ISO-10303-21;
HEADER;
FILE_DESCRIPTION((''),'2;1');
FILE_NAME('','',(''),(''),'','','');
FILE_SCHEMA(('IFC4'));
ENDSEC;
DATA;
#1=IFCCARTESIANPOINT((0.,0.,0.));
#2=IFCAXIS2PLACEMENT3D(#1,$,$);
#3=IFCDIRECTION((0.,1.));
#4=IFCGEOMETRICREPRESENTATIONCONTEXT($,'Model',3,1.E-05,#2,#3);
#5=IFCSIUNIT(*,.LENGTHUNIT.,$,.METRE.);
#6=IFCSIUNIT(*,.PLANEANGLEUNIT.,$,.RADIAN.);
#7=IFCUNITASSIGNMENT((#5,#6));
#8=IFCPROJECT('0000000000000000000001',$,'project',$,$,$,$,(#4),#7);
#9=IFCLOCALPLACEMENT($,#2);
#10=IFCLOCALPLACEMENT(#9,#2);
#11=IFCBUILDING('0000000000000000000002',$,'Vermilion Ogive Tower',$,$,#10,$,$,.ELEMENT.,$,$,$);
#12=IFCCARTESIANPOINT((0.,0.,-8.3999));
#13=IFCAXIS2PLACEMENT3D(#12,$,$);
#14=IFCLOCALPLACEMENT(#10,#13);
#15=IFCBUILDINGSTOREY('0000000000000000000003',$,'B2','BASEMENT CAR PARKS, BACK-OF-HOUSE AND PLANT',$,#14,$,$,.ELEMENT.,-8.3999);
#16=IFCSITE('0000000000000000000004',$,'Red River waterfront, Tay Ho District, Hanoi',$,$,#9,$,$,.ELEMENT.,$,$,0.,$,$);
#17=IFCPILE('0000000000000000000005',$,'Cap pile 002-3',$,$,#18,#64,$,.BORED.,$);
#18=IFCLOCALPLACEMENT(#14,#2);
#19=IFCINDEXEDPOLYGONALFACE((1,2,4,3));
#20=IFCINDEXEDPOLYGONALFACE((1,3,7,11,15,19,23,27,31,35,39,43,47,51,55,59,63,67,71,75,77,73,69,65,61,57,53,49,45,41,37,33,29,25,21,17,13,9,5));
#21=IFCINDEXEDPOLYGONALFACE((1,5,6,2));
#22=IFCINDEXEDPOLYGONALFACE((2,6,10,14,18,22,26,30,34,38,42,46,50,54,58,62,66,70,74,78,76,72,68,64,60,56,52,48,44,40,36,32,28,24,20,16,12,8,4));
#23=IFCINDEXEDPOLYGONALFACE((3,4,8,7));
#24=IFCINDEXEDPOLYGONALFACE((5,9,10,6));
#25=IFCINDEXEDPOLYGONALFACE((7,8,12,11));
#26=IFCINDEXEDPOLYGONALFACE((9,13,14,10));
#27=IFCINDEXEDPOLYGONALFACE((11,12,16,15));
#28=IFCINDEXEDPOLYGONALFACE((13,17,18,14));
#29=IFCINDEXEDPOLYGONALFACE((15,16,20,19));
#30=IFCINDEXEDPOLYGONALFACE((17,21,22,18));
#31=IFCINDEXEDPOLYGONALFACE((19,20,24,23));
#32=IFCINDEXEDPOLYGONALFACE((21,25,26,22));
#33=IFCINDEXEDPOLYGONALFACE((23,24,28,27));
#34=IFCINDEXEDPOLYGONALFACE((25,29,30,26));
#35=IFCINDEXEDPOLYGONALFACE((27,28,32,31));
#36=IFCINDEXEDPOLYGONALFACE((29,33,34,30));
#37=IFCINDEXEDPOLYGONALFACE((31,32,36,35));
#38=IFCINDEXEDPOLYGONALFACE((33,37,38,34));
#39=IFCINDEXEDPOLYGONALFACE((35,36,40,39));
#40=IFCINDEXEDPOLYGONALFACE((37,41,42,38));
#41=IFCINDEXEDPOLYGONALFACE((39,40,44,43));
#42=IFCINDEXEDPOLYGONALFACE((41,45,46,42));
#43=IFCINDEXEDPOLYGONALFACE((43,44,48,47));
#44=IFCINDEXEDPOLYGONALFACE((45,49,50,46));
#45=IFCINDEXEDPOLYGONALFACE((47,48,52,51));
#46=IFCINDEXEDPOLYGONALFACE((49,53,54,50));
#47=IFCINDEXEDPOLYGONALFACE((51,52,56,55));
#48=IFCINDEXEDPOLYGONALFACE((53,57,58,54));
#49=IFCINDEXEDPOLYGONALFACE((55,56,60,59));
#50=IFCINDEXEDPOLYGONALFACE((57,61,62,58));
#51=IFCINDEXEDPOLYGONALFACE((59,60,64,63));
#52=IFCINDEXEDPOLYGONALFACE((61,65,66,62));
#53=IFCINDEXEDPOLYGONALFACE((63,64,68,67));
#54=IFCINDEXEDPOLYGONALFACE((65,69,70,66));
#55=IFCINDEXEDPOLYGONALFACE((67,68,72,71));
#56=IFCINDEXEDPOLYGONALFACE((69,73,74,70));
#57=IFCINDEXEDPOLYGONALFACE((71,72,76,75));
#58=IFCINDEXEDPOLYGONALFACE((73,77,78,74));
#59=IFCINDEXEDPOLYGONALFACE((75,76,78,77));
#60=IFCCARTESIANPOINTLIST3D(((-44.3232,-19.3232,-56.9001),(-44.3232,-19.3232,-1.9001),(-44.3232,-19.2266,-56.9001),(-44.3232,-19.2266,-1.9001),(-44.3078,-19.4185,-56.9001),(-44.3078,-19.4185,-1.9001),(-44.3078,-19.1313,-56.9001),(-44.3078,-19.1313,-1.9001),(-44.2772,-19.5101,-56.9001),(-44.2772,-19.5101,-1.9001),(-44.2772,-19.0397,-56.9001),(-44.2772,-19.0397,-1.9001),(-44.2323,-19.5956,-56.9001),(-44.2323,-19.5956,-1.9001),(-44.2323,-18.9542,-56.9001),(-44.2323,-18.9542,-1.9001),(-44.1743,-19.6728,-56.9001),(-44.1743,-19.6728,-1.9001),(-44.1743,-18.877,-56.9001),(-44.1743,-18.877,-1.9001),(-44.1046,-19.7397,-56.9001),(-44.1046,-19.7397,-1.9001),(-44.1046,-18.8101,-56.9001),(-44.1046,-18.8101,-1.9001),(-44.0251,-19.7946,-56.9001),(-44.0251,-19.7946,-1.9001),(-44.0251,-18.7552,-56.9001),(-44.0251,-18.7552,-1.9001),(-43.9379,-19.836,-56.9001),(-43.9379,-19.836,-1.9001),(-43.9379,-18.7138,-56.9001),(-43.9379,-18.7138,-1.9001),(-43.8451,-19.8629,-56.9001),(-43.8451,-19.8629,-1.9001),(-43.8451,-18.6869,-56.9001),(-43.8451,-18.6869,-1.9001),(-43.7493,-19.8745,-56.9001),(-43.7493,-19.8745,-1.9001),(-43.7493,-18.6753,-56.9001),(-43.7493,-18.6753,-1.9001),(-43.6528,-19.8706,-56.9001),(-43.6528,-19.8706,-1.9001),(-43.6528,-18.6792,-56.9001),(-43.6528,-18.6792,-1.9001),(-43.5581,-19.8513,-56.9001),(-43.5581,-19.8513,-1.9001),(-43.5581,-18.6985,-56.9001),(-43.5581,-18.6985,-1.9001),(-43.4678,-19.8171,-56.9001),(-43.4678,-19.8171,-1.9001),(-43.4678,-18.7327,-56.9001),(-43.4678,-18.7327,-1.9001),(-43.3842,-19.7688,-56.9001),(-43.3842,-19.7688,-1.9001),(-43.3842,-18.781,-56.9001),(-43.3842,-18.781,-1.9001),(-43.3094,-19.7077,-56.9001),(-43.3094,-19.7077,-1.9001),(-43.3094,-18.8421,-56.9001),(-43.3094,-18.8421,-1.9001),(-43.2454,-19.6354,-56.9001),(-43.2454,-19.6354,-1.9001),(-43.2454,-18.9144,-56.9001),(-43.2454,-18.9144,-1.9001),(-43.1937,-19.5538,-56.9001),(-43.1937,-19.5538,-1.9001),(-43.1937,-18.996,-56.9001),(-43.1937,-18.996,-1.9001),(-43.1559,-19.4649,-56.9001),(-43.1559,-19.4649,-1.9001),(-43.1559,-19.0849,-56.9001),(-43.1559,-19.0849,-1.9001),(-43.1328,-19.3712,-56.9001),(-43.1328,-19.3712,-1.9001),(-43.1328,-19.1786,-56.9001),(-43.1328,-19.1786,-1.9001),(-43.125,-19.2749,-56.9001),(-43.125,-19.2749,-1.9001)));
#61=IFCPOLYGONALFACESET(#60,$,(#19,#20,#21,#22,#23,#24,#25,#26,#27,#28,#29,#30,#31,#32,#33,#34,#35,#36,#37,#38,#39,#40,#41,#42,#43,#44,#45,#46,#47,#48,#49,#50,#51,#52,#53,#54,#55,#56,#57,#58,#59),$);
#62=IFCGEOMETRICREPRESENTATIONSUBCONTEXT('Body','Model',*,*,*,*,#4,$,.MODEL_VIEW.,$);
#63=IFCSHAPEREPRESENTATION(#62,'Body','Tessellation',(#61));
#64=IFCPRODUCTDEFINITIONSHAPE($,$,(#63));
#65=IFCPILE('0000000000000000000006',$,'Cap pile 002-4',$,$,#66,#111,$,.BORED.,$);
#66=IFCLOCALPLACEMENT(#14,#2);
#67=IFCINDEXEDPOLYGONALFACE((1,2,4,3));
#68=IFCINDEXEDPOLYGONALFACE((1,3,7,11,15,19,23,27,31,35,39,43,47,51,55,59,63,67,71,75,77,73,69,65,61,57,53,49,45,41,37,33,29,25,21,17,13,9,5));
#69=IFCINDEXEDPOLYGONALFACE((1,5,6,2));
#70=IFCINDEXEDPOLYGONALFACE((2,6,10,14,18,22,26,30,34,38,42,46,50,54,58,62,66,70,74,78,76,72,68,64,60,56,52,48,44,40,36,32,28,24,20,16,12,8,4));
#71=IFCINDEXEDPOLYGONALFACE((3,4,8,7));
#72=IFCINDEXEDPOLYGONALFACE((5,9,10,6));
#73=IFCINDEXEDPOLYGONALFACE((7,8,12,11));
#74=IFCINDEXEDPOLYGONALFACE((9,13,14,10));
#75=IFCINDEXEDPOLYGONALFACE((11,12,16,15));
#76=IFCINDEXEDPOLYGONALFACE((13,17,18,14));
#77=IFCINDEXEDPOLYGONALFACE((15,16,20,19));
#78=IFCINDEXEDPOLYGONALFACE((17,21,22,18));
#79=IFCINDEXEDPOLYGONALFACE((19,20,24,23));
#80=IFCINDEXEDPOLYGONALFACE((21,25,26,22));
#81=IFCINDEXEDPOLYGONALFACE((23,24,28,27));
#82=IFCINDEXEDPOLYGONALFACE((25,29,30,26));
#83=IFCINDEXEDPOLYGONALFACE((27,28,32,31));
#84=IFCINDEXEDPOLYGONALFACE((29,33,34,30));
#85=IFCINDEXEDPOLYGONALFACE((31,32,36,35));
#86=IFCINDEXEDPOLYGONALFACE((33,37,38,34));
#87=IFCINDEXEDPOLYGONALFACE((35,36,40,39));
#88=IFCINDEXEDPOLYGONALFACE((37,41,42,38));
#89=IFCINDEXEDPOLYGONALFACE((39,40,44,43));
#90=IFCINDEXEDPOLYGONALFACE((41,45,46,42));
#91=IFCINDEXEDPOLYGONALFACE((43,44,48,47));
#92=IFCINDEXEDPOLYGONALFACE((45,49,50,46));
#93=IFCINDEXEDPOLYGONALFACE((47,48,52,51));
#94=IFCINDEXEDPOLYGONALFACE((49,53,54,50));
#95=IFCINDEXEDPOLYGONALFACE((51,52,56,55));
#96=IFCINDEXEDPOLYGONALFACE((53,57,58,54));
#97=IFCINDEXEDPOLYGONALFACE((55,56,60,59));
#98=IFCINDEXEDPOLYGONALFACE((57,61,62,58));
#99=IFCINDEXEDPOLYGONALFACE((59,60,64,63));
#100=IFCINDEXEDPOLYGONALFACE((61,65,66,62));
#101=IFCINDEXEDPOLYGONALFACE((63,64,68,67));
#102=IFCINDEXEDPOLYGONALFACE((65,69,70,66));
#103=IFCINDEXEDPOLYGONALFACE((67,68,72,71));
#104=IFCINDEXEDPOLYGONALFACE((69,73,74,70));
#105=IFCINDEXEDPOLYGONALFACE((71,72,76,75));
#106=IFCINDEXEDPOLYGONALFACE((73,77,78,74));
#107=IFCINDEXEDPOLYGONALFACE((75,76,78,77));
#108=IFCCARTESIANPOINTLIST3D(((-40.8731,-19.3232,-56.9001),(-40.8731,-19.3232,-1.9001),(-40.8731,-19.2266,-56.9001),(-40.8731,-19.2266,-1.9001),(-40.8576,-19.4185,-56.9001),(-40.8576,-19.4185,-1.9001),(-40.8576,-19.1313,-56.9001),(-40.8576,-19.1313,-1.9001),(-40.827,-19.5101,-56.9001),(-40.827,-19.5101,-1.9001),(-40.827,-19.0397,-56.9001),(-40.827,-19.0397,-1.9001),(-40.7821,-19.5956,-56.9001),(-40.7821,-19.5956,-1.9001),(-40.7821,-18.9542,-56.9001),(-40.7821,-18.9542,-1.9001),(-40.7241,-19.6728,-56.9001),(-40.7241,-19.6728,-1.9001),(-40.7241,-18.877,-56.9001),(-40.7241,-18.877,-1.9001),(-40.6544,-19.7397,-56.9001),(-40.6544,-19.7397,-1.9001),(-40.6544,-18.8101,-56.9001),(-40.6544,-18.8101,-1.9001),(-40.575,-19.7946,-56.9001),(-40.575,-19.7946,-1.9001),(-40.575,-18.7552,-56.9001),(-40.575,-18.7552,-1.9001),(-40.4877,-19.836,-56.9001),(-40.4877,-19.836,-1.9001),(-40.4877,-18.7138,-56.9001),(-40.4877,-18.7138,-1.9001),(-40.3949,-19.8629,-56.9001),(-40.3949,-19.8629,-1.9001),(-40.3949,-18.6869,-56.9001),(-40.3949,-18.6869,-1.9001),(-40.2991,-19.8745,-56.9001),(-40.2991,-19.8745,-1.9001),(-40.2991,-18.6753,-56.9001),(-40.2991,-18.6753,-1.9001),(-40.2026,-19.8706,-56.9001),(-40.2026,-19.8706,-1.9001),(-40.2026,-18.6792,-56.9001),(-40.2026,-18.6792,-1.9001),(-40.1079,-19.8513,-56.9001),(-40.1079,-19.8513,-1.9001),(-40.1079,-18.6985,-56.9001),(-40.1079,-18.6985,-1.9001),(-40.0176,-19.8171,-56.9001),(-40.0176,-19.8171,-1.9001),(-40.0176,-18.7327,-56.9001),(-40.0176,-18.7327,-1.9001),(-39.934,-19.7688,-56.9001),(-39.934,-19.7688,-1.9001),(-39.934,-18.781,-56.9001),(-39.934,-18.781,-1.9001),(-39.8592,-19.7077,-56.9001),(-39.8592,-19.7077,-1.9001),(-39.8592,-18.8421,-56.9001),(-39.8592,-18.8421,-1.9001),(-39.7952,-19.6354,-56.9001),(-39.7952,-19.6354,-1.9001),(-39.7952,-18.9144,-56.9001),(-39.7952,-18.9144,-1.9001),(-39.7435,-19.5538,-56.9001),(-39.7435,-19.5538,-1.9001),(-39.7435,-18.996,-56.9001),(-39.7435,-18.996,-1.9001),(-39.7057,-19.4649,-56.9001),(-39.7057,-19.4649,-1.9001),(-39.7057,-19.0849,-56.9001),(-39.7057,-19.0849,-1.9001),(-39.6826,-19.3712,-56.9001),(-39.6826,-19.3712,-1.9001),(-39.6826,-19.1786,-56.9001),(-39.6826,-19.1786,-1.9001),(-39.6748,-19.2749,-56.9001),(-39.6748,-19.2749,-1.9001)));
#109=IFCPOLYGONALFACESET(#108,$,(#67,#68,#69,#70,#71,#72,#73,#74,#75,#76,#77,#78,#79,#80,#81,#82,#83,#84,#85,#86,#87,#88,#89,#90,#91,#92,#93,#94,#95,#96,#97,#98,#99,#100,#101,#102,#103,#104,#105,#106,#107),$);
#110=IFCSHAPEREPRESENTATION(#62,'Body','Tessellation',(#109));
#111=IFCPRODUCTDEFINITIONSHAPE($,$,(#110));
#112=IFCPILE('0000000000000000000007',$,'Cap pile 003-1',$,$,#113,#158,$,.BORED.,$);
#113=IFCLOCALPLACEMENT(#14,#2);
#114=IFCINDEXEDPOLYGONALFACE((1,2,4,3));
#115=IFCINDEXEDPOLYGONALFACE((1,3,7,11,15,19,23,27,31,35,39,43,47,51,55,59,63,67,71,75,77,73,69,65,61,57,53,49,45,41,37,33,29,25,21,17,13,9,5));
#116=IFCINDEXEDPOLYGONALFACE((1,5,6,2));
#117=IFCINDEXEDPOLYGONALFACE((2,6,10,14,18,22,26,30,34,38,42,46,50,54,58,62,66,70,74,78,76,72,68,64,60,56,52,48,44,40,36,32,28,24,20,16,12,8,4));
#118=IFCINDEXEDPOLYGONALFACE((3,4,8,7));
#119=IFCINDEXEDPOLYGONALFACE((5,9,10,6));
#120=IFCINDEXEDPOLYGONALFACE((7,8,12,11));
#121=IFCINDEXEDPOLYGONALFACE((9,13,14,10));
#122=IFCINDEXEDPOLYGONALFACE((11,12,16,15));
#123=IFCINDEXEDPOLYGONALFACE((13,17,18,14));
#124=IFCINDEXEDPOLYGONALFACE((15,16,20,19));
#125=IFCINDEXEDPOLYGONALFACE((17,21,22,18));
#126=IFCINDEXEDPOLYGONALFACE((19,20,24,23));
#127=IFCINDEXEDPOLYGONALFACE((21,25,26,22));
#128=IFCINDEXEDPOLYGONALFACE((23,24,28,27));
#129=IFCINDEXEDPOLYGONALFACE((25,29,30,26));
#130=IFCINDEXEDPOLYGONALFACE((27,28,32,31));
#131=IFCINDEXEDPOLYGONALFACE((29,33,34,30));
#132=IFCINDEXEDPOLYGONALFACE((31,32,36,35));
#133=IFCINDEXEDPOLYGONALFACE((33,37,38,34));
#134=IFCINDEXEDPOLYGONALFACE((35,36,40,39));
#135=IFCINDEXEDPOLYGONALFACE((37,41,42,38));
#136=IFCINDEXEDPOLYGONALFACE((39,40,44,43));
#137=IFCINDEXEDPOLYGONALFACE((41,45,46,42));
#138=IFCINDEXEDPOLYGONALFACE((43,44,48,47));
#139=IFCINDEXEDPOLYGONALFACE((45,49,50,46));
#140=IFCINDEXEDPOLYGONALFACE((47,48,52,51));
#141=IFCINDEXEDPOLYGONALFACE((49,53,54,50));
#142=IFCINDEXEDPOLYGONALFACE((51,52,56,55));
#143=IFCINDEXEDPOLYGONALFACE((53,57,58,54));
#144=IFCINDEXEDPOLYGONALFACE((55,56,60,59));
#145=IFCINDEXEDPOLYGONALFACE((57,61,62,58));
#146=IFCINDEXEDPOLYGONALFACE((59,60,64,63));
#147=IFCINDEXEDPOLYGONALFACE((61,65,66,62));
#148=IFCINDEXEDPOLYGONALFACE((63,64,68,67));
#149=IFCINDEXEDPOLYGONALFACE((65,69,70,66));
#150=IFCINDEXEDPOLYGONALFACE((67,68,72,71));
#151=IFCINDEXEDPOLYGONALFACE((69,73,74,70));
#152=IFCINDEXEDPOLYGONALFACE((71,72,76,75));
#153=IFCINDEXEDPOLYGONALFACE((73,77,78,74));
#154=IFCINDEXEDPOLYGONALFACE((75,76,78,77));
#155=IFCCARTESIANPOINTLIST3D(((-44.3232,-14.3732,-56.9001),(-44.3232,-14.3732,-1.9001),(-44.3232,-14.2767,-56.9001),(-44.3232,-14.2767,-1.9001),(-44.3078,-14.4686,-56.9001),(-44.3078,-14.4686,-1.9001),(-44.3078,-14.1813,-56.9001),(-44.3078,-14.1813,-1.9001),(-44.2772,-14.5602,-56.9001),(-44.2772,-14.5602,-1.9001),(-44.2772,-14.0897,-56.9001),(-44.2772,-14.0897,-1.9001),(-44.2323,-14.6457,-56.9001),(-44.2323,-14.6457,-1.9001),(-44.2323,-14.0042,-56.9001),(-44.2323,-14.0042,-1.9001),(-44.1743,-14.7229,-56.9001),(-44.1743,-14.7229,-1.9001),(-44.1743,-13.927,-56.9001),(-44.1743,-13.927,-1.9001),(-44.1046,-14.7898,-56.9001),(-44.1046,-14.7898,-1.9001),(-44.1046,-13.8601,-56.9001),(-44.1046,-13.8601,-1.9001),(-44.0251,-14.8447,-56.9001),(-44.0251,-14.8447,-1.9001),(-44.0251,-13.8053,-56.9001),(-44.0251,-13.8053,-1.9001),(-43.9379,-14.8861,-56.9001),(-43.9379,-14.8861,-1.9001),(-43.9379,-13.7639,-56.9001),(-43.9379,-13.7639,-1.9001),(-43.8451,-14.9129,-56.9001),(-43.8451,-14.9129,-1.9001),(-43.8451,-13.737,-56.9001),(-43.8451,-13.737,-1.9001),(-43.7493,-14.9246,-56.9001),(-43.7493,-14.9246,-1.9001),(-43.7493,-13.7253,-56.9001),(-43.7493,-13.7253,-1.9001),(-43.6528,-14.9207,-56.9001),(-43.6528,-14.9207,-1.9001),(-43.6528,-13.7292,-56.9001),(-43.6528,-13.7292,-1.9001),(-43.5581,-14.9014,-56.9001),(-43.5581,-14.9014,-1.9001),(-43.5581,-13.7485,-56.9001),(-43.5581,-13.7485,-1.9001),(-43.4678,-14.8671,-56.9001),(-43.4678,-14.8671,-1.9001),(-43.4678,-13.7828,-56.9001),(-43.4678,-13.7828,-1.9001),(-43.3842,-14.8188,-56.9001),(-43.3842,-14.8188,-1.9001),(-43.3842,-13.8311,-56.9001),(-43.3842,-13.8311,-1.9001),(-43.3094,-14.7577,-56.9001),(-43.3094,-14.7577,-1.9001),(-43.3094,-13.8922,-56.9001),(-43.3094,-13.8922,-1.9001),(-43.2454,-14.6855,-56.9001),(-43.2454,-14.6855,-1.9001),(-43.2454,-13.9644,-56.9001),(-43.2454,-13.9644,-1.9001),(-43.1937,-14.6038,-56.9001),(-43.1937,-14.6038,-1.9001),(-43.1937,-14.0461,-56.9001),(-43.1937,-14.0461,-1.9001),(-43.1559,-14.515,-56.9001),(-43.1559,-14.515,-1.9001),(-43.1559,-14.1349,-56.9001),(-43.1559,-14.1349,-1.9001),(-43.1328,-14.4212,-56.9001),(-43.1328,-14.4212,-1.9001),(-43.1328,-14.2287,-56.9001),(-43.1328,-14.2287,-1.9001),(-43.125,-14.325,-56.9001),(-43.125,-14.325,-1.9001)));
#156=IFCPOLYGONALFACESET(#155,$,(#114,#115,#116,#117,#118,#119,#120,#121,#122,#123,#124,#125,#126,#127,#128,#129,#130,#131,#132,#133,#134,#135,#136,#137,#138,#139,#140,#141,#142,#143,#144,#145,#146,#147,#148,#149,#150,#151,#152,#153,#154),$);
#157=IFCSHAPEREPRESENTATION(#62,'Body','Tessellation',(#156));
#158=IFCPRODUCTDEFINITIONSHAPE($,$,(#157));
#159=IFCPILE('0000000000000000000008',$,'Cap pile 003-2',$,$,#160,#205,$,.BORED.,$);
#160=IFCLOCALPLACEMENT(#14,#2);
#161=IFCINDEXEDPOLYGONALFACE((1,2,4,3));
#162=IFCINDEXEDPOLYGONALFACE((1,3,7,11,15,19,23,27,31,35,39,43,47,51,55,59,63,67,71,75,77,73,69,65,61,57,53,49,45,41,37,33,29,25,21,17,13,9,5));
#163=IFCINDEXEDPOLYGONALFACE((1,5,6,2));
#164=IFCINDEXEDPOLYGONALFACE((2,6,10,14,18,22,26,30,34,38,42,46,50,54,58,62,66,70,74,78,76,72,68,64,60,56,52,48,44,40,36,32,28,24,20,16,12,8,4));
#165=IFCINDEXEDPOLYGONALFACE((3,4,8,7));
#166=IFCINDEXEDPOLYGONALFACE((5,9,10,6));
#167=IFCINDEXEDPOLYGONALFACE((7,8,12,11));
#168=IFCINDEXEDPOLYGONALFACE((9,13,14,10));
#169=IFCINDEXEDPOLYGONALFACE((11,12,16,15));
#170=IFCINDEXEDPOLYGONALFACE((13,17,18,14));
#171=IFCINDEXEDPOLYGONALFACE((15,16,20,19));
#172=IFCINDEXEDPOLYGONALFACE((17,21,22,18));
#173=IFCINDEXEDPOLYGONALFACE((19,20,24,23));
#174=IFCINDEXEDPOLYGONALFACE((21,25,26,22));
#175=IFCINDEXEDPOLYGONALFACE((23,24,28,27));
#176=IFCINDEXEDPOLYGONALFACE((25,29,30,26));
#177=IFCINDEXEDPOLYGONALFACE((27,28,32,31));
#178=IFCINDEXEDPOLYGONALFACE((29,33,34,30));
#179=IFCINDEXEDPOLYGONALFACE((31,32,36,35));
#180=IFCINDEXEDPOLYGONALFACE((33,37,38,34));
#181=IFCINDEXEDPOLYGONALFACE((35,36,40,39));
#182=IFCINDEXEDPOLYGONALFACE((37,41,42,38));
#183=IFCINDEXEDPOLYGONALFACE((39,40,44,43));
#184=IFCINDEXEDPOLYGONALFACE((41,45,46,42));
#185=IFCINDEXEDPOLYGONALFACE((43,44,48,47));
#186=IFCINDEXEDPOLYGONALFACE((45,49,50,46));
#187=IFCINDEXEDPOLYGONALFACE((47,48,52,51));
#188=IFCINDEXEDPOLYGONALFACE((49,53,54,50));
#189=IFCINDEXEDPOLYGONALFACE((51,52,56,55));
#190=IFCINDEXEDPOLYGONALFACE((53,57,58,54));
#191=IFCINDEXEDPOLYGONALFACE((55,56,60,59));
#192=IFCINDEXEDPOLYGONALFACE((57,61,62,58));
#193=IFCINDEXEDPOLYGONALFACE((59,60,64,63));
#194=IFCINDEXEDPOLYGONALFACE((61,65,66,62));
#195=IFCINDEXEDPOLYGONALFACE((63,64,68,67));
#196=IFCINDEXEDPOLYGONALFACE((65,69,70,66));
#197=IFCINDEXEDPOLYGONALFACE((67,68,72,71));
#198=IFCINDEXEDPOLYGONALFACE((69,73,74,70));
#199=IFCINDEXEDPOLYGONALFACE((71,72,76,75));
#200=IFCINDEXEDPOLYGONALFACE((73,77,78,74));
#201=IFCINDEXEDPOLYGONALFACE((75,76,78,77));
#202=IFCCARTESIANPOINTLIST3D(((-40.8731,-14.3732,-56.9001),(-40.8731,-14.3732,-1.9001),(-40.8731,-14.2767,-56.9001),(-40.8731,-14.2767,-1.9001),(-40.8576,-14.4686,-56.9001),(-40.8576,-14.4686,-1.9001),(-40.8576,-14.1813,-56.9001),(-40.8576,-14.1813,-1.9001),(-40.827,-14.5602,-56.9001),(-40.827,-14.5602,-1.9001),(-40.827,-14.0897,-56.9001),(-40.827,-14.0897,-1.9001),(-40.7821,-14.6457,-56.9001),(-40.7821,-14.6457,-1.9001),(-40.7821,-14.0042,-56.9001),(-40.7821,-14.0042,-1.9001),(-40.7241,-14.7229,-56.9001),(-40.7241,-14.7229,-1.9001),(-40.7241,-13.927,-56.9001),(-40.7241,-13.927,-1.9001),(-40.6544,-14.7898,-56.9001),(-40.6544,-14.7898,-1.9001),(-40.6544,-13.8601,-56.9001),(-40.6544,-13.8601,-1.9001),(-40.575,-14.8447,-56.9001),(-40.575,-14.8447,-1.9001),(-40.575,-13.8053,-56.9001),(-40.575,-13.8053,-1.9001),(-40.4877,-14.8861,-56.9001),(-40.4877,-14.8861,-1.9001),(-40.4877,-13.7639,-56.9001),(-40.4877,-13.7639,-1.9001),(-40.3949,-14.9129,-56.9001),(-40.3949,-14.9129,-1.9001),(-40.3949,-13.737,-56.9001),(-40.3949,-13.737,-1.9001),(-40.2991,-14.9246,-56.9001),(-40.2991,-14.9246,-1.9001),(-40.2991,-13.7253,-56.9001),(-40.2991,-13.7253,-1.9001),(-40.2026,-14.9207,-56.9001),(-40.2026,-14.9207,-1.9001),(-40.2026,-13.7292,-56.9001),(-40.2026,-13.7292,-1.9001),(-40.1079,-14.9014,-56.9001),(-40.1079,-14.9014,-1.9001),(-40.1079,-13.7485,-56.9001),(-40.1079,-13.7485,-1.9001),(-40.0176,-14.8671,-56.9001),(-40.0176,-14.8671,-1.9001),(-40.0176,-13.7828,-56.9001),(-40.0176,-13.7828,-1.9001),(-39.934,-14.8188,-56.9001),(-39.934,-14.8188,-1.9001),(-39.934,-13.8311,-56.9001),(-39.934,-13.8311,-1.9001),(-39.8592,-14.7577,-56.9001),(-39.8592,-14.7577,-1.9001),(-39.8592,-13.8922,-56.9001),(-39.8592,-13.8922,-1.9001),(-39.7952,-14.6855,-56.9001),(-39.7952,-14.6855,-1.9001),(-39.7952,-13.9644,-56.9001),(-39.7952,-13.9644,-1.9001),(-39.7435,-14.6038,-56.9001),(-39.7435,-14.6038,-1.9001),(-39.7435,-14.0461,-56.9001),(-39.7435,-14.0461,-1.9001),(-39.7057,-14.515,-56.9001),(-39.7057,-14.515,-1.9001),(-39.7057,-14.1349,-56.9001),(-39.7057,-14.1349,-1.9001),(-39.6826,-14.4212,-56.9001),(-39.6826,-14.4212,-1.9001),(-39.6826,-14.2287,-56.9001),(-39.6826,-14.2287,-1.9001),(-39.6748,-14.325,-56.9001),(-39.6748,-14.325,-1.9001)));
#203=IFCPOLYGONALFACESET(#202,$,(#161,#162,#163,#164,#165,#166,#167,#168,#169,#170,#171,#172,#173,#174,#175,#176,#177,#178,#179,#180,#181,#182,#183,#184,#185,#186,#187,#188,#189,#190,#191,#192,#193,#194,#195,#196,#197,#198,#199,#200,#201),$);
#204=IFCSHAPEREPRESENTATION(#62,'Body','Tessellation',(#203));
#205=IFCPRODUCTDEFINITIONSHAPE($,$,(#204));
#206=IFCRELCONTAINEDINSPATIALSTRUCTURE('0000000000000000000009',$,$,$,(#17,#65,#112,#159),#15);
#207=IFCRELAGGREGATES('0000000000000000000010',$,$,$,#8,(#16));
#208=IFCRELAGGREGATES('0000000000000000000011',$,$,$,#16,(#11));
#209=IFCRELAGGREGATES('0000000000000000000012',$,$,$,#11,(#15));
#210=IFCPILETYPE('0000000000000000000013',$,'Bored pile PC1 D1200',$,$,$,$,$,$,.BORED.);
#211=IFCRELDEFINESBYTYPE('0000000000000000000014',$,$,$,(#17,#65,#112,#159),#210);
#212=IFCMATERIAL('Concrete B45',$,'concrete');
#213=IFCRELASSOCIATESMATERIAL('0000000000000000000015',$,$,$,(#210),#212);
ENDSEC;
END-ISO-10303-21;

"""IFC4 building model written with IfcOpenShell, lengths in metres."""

from ifc_helpers import new_model, si_unit, direction, frame, origin, origin_2d, place, context, subcontext, project, spatial, circle, extrude, material, type_object, element, save


model = new_model("IFC4")

# Units and contexts
model_context = context("Model", 3, precision=1e-05, world=origin(), true_north=direction((0.0, 1.0)))
body_context = subcontext(model_context, "Body", "Model", "MODEL_VIEW")
ifc_project = project(units=[si_unit("LENGTHUNIT", "METRE"), si_unit("PLANEANGLEUNIT", "RADIAN")], contexts=[model_context])

# Site, building, storey
site_placement = place(None, origin())
site = spatial("IfcSite", under=ifc_project, at=site_placement, Name="Red River waterfront, Tay Ho District, Hanoi", CompositionType="ELEMENT", RefElevation=0.0)
building_placement = place(site_placement, origin())
building = spatial("IfcBuilding", under=site, at=building_placement, Name="Vermilion Ogive Tower", CompositionType="ELEMENT")
storey_placement = place(building_placement, frame((0.0, 0.0, -8.3999)))
storey = spatial("IfcBuildingStorey", under=building, at=storey_placement, Name="B2", Description="BASEMENT CAR PARKS, BACK-OF-HOUSE AND PLANT", CompositionType="ELEMENT", Elevation=-8.3999)

# Piles
ifc_material_1 = material(Name="Concrete B45", Category="concrete")
pile_type_1 = type_object("IfcPileType", Name="Bored pile PC1 D1200", PredefinedType="BORED", material=ifc_material_1)
for number, where, z_axis, x_axis, name in (
    (1, (-43.7251, -19.2749, -1.9001), (0.0, 0.0, -1.0), (1.0, 0.0, 0.0), "Cap pile 002-3"),
    (2, (-40.2749, -19.2749, -1.9001), (0.0, 0.0, -1.0), (1.0, 0.0, 0.0), "Cap pile 002-4"),
    (3, (-43.7251, -14.325, -1.9001), (0.0, 0.0, -1.0), (1.0, 0.0, 0.0), "Cap pile 003-1"),
    (4, (-40.2749, -14.325, -1.9001), (0.0, 0.0, -1.0), (1.0, 0.0, 0.0), "Cap pile 003-2"),
):
    element("IfcPile", number, at=place(storey_placement, frame(where, z_axis=z_axis, x_axis=x_axis)), inside=storey, type_object=pile_type_1, Name=name, PredefinedType="BORED", context=body_context, shape_type="SweptSolid", body=[
        extrude(circle(Radius=0.6001, at=origin_2d()), origin(), (0.0, 0.0, 1.0), 55.0),
    ])

save(model, "model.ifc")
